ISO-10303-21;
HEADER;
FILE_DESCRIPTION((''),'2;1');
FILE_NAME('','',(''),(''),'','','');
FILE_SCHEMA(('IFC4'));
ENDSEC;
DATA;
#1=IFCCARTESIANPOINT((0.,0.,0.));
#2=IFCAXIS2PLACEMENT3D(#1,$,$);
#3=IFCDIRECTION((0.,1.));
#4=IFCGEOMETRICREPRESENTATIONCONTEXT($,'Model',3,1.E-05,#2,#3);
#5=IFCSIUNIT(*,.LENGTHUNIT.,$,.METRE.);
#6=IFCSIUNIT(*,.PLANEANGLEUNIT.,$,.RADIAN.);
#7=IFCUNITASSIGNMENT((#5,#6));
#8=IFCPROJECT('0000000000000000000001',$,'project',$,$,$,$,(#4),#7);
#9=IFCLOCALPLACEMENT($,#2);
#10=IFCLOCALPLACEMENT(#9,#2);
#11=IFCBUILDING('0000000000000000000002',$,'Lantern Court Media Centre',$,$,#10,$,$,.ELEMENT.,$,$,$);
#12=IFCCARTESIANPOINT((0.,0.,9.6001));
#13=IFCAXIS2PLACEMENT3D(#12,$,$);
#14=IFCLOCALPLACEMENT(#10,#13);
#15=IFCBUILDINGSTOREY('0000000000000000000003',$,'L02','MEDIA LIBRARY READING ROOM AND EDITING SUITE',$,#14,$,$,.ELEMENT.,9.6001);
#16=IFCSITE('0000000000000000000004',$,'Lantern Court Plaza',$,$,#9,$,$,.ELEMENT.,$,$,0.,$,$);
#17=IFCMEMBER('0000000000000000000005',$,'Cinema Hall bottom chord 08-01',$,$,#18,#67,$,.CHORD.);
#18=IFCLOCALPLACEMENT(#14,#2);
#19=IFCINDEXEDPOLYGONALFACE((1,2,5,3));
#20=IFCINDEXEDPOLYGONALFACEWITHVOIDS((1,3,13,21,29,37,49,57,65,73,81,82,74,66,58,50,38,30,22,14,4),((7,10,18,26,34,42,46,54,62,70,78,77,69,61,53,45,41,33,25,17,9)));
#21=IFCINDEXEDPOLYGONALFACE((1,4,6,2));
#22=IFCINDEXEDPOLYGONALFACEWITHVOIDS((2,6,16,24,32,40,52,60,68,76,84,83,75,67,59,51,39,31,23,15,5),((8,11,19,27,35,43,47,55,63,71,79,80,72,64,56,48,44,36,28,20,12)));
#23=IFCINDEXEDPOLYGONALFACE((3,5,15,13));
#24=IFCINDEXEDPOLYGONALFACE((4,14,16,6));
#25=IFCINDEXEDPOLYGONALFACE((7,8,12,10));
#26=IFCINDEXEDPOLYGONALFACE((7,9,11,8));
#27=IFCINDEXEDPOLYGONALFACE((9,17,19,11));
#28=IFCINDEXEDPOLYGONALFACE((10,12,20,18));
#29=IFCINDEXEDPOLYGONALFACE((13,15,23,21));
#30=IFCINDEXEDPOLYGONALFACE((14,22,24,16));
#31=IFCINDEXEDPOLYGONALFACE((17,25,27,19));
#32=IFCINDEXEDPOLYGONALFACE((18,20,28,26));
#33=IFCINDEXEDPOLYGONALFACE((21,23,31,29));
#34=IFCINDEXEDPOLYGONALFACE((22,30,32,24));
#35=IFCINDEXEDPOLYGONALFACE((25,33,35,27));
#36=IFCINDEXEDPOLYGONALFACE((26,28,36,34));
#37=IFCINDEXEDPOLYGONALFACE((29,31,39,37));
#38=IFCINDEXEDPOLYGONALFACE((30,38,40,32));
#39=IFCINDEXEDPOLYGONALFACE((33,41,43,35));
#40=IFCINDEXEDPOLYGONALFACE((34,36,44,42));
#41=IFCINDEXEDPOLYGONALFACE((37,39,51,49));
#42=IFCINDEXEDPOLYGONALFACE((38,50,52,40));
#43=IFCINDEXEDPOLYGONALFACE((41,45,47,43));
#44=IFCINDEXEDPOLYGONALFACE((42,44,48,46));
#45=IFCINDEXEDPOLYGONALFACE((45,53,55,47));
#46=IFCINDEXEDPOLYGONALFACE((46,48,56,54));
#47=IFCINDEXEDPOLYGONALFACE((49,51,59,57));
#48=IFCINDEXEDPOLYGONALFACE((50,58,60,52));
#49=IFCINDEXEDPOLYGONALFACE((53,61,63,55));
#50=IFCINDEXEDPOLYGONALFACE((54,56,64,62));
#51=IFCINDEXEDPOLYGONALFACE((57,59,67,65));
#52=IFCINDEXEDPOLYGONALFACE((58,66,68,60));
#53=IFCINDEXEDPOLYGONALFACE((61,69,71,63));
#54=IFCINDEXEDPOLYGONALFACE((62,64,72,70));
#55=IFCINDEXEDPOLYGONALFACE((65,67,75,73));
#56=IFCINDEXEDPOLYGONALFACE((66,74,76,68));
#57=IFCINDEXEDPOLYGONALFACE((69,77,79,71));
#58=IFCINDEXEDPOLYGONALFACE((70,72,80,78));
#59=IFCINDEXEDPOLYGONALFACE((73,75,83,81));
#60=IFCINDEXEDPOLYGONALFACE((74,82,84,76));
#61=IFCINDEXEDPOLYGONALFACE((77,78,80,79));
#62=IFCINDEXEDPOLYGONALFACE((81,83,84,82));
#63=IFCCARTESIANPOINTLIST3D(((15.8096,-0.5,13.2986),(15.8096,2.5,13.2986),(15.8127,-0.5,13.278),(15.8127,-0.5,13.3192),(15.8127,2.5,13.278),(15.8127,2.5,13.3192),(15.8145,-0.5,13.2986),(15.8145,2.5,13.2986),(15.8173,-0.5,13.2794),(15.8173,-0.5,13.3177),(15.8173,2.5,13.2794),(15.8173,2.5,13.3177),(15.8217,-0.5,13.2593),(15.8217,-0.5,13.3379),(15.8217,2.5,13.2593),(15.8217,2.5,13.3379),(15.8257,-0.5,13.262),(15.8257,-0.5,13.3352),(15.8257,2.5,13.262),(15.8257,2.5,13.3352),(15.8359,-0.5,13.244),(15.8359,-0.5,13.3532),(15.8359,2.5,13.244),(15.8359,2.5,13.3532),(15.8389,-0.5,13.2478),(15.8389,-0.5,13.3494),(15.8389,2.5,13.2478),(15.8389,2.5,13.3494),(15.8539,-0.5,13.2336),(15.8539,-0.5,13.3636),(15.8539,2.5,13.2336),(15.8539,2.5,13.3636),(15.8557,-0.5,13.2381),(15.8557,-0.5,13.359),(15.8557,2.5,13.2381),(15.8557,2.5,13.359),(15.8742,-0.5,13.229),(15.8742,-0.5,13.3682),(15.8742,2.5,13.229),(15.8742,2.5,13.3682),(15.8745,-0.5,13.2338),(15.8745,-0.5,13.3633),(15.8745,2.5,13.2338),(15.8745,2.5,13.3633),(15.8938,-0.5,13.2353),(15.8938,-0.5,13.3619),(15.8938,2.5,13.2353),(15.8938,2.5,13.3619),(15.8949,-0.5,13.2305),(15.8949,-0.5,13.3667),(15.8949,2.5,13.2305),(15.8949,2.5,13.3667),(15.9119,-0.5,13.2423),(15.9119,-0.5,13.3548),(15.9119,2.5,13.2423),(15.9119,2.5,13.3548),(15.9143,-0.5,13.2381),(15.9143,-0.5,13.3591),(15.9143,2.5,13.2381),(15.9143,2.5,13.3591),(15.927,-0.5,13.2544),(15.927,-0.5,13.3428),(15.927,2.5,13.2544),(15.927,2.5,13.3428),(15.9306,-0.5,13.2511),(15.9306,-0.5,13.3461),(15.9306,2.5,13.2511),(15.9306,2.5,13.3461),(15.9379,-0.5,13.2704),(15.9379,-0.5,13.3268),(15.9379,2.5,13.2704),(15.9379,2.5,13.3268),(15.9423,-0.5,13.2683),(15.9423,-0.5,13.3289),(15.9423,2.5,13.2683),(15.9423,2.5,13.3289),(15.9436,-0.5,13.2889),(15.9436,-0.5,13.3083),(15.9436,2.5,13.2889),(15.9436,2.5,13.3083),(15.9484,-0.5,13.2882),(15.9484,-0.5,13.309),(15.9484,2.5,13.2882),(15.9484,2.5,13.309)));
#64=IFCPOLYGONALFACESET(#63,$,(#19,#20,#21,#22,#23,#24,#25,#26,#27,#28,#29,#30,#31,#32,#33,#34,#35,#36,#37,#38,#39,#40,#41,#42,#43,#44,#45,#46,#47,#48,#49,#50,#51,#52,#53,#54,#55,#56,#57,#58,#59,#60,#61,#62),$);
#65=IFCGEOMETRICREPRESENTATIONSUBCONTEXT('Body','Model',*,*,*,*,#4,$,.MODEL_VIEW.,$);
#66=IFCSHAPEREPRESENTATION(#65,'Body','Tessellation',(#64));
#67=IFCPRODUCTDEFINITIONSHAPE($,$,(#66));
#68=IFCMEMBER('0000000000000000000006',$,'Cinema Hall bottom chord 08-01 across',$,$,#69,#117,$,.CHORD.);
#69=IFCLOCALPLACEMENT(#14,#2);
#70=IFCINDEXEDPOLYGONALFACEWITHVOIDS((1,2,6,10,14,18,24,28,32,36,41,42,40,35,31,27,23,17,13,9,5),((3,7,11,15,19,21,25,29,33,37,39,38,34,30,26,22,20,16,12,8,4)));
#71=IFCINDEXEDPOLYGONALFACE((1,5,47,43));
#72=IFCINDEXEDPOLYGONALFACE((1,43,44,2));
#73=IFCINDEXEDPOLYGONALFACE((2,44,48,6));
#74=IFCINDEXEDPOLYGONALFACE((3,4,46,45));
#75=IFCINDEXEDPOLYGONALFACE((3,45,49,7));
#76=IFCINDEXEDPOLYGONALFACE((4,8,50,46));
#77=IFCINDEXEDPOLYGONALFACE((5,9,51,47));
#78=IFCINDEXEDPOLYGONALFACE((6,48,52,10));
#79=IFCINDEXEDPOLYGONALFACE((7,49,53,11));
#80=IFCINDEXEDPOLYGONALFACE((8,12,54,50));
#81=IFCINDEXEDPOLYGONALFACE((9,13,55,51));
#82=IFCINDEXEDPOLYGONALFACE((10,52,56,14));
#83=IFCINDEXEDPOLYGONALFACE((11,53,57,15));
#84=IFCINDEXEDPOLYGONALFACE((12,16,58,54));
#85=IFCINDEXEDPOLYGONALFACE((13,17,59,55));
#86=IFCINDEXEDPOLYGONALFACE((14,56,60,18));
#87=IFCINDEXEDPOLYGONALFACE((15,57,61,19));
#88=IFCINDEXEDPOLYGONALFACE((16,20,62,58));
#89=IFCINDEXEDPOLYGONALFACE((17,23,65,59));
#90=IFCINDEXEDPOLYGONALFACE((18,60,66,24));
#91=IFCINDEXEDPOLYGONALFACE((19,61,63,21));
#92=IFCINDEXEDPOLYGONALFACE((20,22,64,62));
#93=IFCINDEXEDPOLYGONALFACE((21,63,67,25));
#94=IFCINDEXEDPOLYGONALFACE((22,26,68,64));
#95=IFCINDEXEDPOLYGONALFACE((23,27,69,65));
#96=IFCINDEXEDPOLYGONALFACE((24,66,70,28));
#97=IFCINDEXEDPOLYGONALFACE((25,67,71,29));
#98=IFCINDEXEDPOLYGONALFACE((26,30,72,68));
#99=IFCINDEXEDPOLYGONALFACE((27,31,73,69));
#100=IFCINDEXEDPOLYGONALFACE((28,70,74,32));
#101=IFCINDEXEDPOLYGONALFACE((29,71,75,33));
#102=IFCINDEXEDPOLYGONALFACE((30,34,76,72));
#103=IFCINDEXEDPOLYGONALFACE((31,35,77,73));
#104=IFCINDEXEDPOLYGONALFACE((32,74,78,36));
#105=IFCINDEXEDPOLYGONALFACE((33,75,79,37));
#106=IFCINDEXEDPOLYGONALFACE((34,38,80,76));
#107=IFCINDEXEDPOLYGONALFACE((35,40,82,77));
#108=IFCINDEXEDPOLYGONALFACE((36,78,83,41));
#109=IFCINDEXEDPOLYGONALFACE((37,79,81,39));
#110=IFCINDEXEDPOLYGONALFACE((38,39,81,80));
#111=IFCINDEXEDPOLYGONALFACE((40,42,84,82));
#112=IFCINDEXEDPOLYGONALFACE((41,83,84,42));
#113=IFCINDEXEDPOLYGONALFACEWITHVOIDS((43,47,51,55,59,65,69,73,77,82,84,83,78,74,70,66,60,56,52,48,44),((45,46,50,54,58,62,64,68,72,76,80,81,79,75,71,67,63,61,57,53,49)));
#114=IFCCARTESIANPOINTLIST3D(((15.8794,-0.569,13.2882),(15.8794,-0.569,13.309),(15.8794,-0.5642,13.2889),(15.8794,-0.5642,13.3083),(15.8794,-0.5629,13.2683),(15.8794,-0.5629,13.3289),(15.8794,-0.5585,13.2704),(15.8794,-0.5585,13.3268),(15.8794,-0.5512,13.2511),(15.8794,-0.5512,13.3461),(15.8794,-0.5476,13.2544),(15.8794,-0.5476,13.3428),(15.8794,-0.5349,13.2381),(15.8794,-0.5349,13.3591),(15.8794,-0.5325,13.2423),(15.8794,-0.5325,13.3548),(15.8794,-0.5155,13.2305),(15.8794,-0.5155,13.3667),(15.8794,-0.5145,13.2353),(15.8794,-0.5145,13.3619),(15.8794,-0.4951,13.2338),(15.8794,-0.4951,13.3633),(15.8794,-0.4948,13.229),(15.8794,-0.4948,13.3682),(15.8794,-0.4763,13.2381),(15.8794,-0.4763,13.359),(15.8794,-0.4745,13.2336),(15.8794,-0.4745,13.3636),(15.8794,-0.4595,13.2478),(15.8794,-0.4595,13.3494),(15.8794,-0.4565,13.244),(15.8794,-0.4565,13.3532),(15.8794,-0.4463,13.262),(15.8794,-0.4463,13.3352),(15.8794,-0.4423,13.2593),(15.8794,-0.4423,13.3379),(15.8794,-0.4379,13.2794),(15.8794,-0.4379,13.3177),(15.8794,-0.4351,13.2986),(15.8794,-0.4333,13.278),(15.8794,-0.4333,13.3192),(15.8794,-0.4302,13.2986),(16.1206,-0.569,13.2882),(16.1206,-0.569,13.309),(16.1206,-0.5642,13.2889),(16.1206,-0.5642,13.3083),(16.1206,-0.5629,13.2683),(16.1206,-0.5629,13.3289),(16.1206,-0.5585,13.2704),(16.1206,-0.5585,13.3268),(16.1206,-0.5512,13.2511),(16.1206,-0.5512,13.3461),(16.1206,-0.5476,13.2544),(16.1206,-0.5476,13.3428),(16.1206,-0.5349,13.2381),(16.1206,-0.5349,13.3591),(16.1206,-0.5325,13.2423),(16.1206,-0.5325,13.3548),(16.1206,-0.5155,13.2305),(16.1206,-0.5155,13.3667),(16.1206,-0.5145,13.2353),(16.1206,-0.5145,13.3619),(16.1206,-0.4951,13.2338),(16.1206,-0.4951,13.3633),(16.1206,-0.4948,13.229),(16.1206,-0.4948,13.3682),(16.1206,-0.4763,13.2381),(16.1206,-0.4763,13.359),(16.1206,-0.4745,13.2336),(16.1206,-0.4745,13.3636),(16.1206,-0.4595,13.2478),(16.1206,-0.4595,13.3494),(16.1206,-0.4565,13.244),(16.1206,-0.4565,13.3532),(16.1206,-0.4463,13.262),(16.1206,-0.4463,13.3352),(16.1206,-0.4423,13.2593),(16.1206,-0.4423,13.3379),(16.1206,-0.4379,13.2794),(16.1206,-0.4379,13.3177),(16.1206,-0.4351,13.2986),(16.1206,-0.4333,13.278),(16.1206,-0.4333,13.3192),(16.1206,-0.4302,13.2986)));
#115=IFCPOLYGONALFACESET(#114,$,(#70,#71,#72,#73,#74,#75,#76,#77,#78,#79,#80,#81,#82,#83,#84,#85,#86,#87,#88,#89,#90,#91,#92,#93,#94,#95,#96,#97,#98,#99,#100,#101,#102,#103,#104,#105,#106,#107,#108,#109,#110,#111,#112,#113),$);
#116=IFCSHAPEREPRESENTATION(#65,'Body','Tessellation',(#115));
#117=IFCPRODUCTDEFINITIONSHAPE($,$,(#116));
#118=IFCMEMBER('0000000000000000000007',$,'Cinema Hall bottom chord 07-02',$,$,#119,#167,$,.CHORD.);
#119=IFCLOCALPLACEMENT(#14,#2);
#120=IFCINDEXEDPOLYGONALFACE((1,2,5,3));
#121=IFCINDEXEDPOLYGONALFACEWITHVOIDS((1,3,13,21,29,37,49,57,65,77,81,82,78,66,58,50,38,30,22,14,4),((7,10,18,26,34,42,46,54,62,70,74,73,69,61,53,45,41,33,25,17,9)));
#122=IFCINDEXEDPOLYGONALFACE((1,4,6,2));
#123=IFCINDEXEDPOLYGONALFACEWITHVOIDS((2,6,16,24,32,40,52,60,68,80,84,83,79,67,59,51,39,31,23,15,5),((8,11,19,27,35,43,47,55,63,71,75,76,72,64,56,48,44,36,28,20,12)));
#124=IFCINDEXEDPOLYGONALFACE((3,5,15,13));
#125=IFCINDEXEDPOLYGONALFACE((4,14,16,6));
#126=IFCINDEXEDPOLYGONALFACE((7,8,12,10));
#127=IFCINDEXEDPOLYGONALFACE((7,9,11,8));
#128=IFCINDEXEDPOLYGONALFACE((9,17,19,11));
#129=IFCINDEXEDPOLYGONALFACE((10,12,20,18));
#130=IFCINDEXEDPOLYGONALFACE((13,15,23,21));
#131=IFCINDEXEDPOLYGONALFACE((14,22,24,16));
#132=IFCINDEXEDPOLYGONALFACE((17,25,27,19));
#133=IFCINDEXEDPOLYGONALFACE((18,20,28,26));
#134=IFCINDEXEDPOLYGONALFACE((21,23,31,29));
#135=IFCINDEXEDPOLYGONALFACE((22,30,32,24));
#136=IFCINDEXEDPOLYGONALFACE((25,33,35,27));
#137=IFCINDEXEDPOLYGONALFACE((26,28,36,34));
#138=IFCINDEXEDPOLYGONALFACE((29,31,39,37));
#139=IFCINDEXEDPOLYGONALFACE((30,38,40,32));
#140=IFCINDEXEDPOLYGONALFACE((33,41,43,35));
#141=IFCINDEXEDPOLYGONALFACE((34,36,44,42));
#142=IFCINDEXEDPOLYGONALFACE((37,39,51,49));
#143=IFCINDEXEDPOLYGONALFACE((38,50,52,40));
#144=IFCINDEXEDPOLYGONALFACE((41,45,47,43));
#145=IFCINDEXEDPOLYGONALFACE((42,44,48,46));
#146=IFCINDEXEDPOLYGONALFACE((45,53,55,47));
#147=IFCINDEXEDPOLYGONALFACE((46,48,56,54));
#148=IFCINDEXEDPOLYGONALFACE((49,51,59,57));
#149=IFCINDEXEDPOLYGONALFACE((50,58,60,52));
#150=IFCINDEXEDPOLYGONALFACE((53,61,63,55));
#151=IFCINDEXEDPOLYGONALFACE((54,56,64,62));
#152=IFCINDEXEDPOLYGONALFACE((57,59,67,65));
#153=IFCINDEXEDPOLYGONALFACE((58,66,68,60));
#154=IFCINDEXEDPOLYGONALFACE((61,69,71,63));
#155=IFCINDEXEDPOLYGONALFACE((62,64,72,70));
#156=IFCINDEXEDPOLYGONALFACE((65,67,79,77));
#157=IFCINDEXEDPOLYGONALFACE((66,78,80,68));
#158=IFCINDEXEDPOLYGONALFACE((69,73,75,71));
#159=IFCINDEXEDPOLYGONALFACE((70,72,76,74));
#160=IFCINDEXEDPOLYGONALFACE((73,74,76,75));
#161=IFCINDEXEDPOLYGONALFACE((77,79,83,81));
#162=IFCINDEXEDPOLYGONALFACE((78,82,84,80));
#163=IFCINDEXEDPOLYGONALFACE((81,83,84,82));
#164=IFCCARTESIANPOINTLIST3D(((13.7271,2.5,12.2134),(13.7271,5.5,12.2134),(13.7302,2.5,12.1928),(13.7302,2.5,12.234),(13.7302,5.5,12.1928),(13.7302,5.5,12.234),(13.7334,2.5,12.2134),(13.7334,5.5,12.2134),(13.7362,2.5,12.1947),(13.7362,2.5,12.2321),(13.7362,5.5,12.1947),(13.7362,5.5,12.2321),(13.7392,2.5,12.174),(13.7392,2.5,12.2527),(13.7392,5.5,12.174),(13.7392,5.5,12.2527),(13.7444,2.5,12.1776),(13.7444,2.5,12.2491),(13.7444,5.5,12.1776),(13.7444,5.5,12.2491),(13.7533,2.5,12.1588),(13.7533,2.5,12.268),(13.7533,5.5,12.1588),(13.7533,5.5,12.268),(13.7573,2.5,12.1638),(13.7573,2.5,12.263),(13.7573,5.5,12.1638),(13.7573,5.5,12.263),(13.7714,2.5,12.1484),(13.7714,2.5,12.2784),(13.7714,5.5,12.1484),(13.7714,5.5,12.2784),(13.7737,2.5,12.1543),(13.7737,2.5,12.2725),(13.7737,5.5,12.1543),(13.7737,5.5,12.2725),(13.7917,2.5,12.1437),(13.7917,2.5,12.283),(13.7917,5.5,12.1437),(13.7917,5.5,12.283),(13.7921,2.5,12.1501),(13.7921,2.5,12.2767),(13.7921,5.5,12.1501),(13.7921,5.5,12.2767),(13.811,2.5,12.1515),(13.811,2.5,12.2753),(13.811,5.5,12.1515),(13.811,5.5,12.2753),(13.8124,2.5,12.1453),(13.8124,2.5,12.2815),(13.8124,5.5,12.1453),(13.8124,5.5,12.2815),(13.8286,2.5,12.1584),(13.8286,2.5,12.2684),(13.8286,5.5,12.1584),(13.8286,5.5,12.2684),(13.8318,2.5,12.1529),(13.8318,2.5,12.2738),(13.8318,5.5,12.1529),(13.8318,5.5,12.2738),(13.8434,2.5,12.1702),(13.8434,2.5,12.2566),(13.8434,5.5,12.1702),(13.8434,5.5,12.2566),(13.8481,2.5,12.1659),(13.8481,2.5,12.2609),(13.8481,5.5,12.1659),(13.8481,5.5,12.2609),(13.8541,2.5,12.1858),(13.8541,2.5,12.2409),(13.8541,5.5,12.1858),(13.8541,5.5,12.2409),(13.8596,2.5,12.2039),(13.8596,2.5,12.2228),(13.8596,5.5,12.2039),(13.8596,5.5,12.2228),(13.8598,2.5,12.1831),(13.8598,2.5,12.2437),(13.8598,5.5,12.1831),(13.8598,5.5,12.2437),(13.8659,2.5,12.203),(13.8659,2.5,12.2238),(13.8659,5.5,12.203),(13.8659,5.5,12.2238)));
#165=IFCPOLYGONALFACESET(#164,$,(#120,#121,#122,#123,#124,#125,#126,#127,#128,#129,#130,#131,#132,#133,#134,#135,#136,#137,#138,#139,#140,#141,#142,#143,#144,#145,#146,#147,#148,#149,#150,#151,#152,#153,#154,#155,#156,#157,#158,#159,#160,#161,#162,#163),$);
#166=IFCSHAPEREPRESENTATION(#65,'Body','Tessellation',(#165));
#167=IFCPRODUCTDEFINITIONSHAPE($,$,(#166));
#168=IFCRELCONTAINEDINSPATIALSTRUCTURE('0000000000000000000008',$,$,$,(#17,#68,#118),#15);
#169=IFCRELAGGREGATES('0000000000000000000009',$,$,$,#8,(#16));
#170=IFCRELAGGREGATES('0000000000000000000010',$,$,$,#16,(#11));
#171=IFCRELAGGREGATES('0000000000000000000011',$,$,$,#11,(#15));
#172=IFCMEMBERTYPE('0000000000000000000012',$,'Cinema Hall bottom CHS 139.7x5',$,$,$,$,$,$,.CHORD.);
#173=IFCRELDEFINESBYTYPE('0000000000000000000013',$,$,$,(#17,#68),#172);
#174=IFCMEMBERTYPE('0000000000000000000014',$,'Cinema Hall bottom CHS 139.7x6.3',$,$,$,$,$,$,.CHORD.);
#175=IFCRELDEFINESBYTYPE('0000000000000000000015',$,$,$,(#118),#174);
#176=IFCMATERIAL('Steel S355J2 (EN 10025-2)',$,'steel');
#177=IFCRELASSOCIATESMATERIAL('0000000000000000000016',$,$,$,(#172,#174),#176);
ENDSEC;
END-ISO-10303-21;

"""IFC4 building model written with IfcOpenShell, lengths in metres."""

from ifc_helpers import new_model, si_unit, direction, frame, origin, origin_2d, place, context, subcontext, project, spatial, hollow_circle, extrude, material, material_profile, profile_set, type_object, element, save


model = new_model("IFC4")

# Units and contexts
model_context = context("Model", 3, precision=1e-05, world=origin(), true_north=direction((0.0, 1.0)))
body_context = subcontext(model_context, "Body", "Model", "MODEL_VIEW")
ifc_project = project(units=[si_unit("LENGTHUNIT", "METRE"), si_unit("PLANEANGLEUNIT", "RADIAN")], contexts=[model_context])

# Site, building, storey
site_placement = place(None, origin())
site = spatial("IfcSite", under=ifc_project, at=site_placement, Name="Lantern Court Plaza", CompositionType="ELEMENT", RefElevation=0.0)
building_placement = place(site_placement, origin())
building = spatial("IfcBuilding", under=site, at=building_placement, Name="Lantern Court Media Centre", CompositionType="ELEMENT")
storey_placement = place(building_placement, frame((0.0, 0.0, 9.6001)))
storey = spatial("IfcBuildingStorey", under=building, at=storey_placement, Name="L02", Description="MEDIA LIBRARY READING ROOM AND EDITING SUITE", CompositionType="ELEMENT", Elevation=9.6001)

# Members
ifc_material = material(Name="Steel S355J2 (EN 10025-2)", Category="steel")
ifc_material_profile_1 = material_profile(ifc_material, hollow_circle(Radius=0.0698, WallThickness=0.0049, at=origin_2d()), Name="Cinema Hall bottom CHS 139.7x5")
ifc_profile_set_1 = profile_set([ifc_material_profile_1], Name="Steel S355J2 (EN 10025-2)")
member_type_1 = type_object("IfcMemberType", Name="Cinema Hall bottom CHS 139.7x5", PredefinedType="CHORD", material=ifc_profile_set_1)
member_1_placement = place(storey_placement, frame((15.8794, -0.5, 13.2986), z_axis=(0.0, 1.0, 0.0), x_axis=(-1.0, 0.0, 0.0)))
element("IfcMember", 1, at=member_1_placement, inside=storey, type_object=member_type_1, Name="Cinema Hall bottom chord 08-01", PredefinedType="CHORD", context=body_context, shape_type="SweptSolid", body=[
    extrude(hollow_circle(Radius=0.0698, WallThickness=0.0049, at=origin_2d()), origin(), (0.0, 0.0, 1.0), 3.0),
])
member_2_placement = place(storey_placement, frame((15.8794, -0.5, 13.2986), z_axis=(1.0, 0.0, 0.0), x_axis=(0.0, 1.0, 0.0)))
element("IfcMember", 2, at=member_2_placement, inside=storey, type_object=member_type_1, Name="Cinema Hall bottom chord 08-01 across", PredefinedType="CHORD", context=body_context, shape_type="SweptSolid", body=[
    extrude(hollow_circle(Radius=0.0698, WallThickness=0.0049, at=origin_2d()), origin(), (0.0, 0.0, 1.0), 0.2412),
])
ifc_material_profile_2 = material_profile(ifc_material, hollow_circle(Radius=0.0698, WallThickness=0.0063, at=origin_2d()), Name="Cinema Hall bottom CHS 139.7x6.3")
ifc_profile_set_2 = profile_set([ifc_material_profile_2], Name="Steel S355J2 (EN 10025-2)")
member_type_2 = type_object("IfcMemberType", Name="Cinema Hall bottom CHS 139.7x6.3", PredefinedType="CHORD", material=ifc_profile_set_2)
member_3_placement = place(storey_placement, frame((13.7969, 2.5, 12.2134), z_axis=(0.0, 1.0, 0.0), x_axis=(-1.0, 0.0, 0.0)))
element("IfcMember", 3, at=member_3_placement, inside=storey, type_object=member_type_2, Name="Cinema Hall bottom chord 07-02", PredefinedType="CHORD", context=body_context, shape_type="SweptSolid", body=[
    extrude(hollow_circle(Radius=0.0698, WallThickness=0.0063, at=origin_2d()), origin(), (0.0, 0.0, 1.0), 3.0),
])

save(model, "model.ifc")
